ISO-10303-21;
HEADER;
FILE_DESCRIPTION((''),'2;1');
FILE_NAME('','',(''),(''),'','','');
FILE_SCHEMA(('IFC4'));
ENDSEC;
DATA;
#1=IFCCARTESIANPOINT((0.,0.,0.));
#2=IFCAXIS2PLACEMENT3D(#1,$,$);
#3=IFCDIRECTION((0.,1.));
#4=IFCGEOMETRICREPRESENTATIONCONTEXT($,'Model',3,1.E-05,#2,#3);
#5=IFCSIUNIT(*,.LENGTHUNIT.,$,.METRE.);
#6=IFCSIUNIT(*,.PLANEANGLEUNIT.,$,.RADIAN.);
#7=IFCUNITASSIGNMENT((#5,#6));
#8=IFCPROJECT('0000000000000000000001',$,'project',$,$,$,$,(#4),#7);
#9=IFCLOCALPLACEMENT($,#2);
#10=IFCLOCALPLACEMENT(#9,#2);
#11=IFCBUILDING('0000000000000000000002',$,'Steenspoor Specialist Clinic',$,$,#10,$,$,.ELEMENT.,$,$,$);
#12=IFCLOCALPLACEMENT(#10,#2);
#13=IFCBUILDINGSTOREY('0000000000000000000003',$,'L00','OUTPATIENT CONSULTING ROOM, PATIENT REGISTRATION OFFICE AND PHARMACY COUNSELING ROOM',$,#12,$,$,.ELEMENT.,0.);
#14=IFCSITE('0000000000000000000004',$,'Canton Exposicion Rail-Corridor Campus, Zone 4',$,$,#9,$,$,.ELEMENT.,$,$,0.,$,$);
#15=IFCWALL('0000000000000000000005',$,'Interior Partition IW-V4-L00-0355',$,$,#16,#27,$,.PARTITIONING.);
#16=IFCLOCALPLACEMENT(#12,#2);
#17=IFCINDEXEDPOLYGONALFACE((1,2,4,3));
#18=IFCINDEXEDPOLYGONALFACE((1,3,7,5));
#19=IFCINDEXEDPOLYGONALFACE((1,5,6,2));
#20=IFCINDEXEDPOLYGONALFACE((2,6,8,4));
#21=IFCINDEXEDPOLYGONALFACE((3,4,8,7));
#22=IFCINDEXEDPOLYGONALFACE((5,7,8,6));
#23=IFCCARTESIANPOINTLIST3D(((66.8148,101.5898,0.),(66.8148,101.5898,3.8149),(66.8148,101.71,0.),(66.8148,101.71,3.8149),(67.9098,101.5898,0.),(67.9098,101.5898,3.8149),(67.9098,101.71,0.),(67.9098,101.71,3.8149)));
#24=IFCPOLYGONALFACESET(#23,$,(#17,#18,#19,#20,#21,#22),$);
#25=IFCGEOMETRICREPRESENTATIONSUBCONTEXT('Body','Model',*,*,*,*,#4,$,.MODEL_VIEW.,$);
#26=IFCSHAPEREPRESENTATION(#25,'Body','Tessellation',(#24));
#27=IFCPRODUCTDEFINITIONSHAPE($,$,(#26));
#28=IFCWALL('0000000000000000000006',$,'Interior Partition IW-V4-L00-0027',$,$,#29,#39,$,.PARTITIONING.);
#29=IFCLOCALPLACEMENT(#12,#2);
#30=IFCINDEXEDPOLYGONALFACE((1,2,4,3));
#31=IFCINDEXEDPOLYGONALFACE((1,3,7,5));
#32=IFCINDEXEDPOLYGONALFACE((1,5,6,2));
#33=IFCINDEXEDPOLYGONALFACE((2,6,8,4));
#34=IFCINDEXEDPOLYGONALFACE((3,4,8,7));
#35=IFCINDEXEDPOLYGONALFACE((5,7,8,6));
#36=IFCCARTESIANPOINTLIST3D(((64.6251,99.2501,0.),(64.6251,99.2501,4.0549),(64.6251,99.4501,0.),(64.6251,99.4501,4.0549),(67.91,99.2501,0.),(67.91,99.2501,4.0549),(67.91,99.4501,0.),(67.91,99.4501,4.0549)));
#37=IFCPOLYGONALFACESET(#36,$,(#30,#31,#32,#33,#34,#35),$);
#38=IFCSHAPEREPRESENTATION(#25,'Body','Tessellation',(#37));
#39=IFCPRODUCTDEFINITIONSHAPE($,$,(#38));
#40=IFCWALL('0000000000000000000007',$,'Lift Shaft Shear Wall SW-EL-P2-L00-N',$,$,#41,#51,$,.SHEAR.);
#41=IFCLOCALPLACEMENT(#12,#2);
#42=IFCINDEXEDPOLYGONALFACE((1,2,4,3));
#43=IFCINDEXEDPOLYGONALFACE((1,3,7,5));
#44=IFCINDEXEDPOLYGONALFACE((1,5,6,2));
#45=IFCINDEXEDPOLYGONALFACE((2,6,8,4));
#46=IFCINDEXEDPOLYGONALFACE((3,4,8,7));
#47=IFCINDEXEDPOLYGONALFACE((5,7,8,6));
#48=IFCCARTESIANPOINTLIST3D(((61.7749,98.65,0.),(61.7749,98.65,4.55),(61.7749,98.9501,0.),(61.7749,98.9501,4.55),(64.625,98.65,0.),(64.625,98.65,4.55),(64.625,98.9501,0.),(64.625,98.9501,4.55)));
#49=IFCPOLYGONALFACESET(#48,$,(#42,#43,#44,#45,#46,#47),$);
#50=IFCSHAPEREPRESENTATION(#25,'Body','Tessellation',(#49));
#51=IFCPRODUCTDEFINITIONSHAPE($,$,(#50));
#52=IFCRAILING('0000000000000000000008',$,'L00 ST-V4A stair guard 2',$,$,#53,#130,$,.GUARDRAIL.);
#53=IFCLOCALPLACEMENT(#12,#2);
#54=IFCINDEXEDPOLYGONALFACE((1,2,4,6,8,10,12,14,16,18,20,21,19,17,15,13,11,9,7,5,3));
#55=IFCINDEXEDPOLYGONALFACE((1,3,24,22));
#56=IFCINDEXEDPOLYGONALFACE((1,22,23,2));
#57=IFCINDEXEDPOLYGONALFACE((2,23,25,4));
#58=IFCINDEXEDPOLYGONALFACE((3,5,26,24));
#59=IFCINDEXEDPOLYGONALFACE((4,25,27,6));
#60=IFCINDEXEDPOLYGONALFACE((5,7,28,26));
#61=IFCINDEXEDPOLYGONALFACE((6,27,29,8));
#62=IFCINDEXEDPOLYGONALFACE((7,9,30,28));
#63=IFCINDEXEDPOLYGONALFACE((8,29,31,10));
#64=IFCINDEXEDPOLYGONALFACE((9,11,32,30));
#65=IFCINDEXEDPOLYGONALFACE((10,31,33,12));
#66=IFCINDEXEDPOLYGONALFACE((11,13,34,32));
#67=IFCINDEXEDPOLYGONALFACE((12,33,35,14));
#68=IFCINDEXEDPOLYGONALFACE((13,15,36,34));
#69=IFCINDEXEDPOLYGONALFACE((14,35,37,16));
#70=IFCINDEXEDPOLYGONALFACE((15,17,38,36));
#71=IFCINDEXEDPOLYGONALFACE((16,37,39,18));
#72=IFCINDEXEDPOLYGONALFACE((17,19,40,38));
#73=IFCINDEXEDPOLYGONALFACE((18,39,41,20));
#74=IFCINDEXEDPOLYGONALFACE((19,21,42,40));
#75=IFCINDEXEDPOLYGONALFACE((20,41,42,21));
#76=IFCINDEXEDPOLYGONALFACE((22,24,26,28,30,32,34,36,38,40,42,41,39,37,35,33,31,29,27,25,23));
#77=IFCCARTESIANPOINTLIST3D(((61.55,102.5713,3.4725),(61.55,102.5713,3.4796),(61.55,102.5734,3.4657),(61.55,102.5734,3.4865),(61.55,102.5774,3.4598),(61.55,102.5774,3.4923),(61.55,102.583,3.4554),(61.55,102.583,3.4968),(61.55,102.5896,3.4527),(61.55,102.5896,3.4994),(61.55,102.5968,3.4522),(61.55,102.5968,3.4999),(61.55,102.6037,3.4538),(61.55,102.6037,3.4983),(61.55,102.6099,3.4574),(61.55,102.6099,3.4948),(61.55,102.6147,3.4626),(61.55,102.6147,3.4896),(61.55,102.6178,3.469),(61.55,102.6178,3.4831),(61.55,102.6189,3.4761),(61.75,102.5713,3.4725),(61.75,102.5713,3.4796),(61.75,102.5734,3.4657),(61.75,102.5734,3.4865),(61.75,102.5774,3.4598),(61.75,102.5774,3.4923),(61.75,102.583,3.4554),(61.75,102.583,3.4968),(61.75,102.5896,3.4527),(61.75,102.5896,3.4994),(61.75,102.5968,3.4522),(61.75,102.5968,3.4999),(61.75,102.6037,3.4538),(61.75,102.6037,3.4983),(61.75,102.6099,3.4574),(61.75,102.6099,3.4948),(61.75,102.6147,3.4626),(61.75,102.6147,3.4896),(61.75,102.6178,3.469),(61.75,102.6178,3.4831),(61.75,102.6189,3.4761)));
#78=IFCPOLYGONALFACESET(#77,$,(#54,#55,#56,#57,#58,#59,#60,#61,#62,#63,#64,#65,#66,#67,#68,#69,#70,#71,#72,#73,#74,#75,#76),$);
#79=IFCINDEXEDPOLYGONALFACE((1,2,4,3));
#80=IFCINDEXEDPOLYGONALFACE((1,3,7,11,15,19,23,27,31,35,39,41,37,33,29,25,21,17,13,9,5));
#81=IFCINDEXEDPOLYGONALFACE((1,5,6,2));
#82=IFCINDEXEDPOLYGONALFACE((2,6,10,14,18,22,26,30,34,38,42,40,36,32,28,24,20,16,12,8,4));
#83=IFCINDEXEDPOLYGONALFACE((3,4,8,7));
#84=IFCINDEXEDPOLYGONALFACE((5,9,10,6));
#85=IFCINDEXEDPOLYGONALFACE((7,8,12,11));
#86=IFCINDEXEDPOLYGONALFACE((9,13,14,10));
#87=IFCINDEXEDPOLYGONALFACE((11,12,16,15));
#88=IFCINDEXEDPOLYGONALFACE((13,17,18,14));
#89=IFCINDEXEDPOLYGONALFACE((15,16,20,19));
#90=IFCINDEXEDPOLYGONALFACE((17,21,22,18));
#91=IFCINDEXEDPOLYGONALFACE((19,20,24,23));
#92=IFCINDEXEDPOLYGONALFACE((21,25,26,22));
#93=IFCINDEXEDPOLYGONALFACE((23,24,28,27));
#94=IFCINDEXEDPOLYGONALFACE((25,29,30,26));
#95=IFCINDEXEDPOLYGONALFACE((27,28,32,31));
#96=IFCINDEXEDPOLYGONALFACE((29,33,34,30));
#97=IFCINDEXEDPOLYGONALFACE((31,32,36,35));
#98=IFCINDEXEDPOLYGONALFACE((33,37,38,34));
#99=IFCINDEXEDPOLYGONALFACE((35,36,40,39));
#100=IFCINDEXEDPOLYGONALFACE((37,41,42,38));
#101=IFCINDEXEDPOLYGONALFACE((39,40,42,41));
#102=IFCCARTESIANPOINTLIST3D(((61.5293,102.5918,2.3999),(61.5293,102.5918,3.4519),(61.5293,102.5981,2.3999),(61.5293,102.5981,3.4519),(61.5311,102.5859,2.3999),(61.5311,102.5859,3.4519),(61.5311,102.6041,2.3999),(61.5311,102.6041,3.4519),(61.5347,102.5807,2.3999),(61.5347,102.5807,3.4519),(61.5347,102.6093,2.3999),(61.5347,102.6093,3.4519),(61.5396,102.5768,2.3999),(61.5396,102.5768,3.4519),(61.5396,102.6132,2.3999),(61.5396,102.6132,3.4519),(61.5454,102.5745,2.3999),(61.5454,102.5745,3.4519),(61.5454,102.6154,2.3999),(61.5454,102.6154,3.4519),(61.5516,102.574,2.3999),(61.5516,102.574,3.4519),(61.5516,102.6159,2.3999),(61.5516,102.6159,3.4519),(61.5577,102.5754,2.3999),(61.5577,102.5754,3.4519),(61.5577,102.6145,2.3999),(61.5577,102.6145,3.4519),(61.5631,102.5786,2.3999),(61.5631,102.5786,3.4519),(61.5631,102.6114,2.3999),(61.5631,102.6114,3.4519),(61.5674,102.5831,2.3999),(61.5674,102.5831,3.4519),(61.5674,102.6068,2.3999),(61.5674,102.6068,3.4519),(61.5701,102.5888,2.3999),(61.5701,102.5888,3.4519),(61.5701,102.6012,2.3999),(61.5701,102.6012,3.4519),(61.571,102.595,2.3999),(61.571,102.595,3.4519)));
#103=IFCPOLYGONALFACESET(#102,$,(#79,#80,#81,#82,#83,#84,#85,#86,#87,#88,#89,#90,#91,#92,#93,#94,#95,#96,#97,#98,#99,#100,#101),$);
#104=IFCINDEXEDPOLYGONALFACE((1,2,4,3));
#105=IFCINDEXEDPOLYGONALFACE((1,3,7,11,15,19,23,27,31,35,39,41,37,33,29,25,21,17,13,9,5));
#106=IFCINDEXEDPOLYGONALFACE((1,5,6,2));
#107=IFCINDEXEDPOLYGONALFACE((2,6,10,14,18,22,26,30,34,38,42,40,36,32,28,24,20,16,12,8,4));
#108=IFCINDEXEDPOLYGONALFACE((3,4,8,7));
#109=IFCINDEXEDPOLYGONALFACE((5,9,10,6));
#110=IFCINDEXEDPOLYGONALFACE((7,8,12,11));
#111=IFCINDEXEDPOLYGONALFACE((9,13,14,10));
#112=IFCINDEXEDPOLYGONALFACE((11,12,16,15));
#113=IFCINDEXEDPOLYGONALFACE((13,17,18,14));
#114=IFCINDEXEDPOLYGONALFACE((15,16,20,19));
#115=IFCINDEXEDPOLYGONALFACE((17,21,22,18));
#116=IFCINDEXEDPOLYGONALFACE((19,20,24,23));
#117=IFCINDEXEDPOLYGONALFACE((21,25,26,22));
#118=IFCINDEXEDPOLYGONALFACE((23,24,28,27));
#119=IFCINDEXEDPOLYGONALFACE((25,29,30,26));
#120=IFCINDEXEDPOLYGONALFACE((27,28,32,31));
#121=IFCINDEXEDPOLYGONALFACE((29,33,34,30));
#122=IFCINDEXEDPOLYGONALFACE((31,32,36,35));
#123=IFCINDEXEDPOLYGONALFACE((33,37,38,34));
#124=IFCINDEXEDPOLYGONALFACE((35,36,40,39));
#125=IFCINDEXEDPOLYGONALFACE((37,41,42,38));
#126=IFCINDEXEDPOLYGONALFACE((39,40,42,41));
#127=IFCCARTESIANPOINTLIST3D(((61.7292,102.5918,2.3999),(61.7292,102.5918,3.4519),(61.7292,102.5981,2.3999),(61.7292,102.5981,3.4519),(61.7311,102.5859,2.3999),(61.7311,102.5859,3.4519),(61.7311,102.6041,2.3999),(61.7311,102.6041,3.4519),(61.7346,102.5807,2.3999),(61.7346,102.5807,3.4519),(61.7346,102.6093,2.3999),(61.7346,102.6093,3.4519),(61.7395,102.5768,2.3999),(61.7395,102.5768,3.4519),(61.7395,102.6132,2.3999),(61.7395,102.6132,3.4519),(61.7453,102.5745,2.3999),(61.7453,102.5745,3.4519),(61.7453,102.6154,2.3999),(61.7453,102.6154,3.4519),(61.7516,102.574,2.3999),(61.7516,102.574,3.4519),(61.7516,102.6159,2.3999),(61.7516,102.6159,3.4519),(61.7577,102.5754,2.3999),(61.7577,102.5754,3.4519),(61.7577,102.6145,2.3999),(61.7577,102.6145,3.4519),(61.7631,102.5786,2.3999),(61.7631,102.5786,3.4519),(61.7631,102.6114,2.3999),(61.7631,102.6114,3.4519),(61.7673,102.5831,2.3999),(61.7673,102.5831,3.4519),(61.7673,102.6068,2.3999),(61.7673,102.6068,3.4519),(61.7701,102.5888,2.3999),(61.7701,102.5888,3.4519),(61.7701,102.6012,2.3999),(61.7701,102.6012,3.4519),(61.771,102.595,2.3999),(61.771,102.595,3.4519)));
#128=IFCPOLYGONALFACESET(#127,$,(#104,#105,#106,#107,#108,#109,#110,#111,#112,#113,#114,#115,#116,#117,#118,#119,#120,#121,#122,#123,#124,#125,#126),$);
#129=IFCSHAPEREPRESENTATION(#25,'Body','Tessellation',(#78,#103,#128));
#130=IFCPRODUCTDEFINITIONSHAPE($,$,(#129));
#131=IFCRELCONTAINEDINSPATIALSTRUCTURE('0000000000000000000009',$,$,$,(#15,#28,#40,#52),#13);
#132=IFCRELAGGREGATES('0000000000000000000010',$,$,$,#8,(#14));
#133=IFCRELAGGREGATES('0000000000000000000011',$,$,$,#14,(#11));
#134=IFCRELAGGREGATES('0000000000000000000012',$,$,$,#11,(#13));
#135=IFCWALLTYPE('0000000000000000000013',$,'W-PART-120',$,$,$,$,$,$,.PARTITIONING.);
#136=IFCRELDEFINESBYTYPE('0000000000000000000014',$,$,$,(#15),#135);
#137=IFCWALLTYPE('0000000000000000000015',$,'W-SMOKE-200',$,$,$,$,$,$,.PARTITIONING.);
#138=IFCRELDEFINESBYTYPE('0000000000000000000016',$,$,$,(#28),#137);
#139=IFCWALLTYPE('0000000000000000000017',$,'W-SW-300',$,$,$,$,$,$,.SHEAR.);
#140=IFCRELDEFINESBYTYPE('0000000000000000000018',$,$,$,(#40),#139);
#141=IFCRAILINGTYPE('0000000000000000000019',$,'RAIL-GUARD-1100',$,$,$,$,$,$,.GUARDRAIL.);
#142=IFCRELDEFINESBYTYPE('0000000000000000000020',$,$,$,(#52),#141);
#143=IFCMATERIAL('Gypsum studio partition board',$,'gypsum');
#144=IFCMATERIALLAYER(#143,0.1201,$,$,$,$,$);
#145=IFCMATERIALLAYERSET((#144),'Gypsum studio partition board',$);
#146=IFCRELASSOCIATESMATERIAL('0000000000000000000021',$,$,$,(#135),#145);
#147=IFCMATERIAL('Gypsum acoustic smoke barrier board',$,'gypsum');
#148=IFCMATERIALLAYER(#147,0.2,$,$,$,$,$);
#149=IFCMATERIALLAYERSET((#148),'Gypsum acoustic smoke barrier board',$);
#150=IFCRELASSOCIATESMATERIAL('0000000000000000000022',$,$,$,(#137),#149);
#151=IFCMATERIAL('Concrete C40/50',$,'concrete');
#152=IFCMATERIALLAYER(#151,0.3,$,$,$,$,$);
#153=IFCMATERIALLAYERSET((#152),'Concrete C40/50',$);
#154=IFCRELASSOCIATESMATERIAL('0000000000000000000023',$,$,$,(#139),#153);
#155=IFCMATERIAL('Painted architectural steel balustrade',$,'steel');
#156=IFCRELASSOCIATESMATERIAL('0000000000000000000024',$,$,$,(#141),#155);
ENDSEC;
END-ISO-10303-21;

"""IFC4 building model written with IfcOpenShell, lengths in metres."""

from ifc_helpers import new_model, si_unit, direction, frame, frame_2d, origin, origin_2d, place, context, subcontext, project, spatial, rectangle, circle, extrude, material, layer, layer_set, type_object, element, save


model = new_model("IFC4")

# Units and contexts
model_context = context("Model", 3, precision=1e-05, world=origin(), true_north=direction((0.0, 1.0)))
body_context = subcontext(model_context, "Body", "Model", "MODEL_VIEW")
ifc_project = project(units=[si_unit("LENGTHUNIT", "METRE"), si_unit("PLANEANGLEUNIT", "RADIAN")], contexts=[model_context])

# Site, building, storey
site_placement = place(None, origin())
site = spatial("IfcSite", under=ifc_project, at=site_placement, Name="Canton Exposicion Rail-Corridor Campus, Zone 4", CompositionType="ELEMENT", RefElevation=0.0)
building_placement = place(site_placement, origin())
building = spatial("IfcBuilding", under=site, at=building_placement, Name="Steenspoor Specialist Clinic", CompositionType="ELEMENT")
storey_placement = place(building_placement, origin())
storey = spatial("IfcBuildingStorey", under=building, at=storey_placement, Name="L00", Description="OUTPATIENT CONSULTING ROOM, PATIENT REGISTRATION OFFICE AND PHARMACY COUNSELING ROOM", CompositionType="ELEMENT", Elevation=0.0)

# Shared definitions
ifc_material_1 = material(Name="Concrete C40/50", Category="concrete")

# Walls
ifc_material_2 = material(Name="Gypsum studio partition board", Category="gypsum")
ifc_layer_1 = layer(ifc_material_2, 0.1201)
ifc_layer_set_1 = layer_set([ifc_layer_1], Name="Gypsum studio partition board")
wall_type_1 = type_object("IfcWallType", Name="W-PART-120", PredefinedType="PARTITIONING", material=ifc_layer_set_1)
wall_1_placement = place(storey_placement, frame((66.8149, 101.6499, 0.0), z_axis=(0.0, 0.0, 1.0), x_axis=(1.0, 0.0, 0.0)))
element("IfcWall", 1, at=wall_1_placement, inside=storey, type_object=wall_type_1, Name="Interior Partition IW-V4-L00-0355", PredefinedType="PARTITIONING", context=body_context, shape_type="SweptSolid", body=[
    extrude(rectangle(XDim=1.095, YDim=0.1201, at=frame_2d((0.5474, 0.0))), origin(), (0.0, 0.0, 1.0), 3.8149),
])
ifc_material_3 = material(Name="Gypsum acoustic smoke barrier board", Category="gypsum")
ifc_layer_2 = layer(ifc_material_3, 0.2)
ifc_layer_set_2 = layer_set([ifc_layer_2], Name="Gypsum acoustic smoke barrier board")
wall_type_2 = type_object("IfcWallType", Name="W-SMOKE-200", PredefinedType="PARTITIONING", material=ifc_layer_set_2)
wall_2_placement = place(storey_placement, frame((64.625, 99.3501, 0.0), z_axis=(0.0, 0.0, 1.0), x_axis=(1.0, 0.0, 0.0)))
element("IfcWall", 2, at=wall_2_placement, inside=storey, type_object=wall_type_2, Name="Interior Partition IW-V4-L00-0027", PredefinedType="PARTITIONING", context=body_context, shape_type="SweptSolid", body=[
    extrude(rectangle(XDim=3.2849, YDim=0.2, at=frame_2d((1.6426, 0.0))), origin(), (0.0, 0.0, 1.0), 4.0549),
])
ifc_layer_3 = layer(ifc_material_1, 0.3)
ifc_layer_set_3 = layer_set([ifc_layer_3], Name="Concrete C40/50")
wall_type_3 = type_object("IfcWallType", Name="W-SW-300", PredefinedType="SHEAR", material=ifc_layer_set_3)
wall_3_placement = place(storey_placement, frame((61.7749, 98.8, 0.0), z_axis=(0.0, 0.0, 1.0), x_axis=(1.0, 0.0, 0.0)))
element("IfcWall", 3, at=wall_3_placement, inside=storey, type_object=wall_type_3, Name="Lift Shaft Shear Wall SW-EL-P2-L00-N", PredefinedType="SHEAR", context=body_context, shape_type="SweptSolid", body=[
    extrude(rectangle(XDim=2.8501, YDim=0.3, at=frame_2d((1.425, 0.0))), origin(), (0.0, 0.0, 1.0), 4.55),
])

# Railing
ifc_material_4 = material(Name="Painted architectural steel balustrade", Category="steel")
railing_type = type_object("IfcRailingType", Name="RAIL-GUARD-1100", PredefinedType="GUARDRAIL", material=ifc_material_4)
railing_1_placement = place(storey_placement, frame((61.55, 102.595, 2.3999)))
element("IfcRailing", 4, at=railing_1_placement, inside=storey, type_object=railing_type, Name="L00 ST-V4A stair guard 2", PredefinedType="GUARDRAIL", context=body_context, shape_type="SweptSolid", body=[
    extrude(circle(Radius=0.0239, at=origin_2d()), frame((0.0, 0.0, 1.0762), z_axis=(1.0, 0.0, 0.0), x_axis=(0.0, 1.0, 0.0)), (0.0, 0.0, 1.0), 0.2),
    extrude(circle(Radius=0.021, at=origin_2d()), origin(), (0.0, 0.0, 1.0), 1.052),
    extrude(circle(Radius=0.021, at=origin_2d()), frame((0.2, 0.0, 0.0)), (0.0, 0.0, 1.0), 1.052),
])

save(model, "model.ifc")
